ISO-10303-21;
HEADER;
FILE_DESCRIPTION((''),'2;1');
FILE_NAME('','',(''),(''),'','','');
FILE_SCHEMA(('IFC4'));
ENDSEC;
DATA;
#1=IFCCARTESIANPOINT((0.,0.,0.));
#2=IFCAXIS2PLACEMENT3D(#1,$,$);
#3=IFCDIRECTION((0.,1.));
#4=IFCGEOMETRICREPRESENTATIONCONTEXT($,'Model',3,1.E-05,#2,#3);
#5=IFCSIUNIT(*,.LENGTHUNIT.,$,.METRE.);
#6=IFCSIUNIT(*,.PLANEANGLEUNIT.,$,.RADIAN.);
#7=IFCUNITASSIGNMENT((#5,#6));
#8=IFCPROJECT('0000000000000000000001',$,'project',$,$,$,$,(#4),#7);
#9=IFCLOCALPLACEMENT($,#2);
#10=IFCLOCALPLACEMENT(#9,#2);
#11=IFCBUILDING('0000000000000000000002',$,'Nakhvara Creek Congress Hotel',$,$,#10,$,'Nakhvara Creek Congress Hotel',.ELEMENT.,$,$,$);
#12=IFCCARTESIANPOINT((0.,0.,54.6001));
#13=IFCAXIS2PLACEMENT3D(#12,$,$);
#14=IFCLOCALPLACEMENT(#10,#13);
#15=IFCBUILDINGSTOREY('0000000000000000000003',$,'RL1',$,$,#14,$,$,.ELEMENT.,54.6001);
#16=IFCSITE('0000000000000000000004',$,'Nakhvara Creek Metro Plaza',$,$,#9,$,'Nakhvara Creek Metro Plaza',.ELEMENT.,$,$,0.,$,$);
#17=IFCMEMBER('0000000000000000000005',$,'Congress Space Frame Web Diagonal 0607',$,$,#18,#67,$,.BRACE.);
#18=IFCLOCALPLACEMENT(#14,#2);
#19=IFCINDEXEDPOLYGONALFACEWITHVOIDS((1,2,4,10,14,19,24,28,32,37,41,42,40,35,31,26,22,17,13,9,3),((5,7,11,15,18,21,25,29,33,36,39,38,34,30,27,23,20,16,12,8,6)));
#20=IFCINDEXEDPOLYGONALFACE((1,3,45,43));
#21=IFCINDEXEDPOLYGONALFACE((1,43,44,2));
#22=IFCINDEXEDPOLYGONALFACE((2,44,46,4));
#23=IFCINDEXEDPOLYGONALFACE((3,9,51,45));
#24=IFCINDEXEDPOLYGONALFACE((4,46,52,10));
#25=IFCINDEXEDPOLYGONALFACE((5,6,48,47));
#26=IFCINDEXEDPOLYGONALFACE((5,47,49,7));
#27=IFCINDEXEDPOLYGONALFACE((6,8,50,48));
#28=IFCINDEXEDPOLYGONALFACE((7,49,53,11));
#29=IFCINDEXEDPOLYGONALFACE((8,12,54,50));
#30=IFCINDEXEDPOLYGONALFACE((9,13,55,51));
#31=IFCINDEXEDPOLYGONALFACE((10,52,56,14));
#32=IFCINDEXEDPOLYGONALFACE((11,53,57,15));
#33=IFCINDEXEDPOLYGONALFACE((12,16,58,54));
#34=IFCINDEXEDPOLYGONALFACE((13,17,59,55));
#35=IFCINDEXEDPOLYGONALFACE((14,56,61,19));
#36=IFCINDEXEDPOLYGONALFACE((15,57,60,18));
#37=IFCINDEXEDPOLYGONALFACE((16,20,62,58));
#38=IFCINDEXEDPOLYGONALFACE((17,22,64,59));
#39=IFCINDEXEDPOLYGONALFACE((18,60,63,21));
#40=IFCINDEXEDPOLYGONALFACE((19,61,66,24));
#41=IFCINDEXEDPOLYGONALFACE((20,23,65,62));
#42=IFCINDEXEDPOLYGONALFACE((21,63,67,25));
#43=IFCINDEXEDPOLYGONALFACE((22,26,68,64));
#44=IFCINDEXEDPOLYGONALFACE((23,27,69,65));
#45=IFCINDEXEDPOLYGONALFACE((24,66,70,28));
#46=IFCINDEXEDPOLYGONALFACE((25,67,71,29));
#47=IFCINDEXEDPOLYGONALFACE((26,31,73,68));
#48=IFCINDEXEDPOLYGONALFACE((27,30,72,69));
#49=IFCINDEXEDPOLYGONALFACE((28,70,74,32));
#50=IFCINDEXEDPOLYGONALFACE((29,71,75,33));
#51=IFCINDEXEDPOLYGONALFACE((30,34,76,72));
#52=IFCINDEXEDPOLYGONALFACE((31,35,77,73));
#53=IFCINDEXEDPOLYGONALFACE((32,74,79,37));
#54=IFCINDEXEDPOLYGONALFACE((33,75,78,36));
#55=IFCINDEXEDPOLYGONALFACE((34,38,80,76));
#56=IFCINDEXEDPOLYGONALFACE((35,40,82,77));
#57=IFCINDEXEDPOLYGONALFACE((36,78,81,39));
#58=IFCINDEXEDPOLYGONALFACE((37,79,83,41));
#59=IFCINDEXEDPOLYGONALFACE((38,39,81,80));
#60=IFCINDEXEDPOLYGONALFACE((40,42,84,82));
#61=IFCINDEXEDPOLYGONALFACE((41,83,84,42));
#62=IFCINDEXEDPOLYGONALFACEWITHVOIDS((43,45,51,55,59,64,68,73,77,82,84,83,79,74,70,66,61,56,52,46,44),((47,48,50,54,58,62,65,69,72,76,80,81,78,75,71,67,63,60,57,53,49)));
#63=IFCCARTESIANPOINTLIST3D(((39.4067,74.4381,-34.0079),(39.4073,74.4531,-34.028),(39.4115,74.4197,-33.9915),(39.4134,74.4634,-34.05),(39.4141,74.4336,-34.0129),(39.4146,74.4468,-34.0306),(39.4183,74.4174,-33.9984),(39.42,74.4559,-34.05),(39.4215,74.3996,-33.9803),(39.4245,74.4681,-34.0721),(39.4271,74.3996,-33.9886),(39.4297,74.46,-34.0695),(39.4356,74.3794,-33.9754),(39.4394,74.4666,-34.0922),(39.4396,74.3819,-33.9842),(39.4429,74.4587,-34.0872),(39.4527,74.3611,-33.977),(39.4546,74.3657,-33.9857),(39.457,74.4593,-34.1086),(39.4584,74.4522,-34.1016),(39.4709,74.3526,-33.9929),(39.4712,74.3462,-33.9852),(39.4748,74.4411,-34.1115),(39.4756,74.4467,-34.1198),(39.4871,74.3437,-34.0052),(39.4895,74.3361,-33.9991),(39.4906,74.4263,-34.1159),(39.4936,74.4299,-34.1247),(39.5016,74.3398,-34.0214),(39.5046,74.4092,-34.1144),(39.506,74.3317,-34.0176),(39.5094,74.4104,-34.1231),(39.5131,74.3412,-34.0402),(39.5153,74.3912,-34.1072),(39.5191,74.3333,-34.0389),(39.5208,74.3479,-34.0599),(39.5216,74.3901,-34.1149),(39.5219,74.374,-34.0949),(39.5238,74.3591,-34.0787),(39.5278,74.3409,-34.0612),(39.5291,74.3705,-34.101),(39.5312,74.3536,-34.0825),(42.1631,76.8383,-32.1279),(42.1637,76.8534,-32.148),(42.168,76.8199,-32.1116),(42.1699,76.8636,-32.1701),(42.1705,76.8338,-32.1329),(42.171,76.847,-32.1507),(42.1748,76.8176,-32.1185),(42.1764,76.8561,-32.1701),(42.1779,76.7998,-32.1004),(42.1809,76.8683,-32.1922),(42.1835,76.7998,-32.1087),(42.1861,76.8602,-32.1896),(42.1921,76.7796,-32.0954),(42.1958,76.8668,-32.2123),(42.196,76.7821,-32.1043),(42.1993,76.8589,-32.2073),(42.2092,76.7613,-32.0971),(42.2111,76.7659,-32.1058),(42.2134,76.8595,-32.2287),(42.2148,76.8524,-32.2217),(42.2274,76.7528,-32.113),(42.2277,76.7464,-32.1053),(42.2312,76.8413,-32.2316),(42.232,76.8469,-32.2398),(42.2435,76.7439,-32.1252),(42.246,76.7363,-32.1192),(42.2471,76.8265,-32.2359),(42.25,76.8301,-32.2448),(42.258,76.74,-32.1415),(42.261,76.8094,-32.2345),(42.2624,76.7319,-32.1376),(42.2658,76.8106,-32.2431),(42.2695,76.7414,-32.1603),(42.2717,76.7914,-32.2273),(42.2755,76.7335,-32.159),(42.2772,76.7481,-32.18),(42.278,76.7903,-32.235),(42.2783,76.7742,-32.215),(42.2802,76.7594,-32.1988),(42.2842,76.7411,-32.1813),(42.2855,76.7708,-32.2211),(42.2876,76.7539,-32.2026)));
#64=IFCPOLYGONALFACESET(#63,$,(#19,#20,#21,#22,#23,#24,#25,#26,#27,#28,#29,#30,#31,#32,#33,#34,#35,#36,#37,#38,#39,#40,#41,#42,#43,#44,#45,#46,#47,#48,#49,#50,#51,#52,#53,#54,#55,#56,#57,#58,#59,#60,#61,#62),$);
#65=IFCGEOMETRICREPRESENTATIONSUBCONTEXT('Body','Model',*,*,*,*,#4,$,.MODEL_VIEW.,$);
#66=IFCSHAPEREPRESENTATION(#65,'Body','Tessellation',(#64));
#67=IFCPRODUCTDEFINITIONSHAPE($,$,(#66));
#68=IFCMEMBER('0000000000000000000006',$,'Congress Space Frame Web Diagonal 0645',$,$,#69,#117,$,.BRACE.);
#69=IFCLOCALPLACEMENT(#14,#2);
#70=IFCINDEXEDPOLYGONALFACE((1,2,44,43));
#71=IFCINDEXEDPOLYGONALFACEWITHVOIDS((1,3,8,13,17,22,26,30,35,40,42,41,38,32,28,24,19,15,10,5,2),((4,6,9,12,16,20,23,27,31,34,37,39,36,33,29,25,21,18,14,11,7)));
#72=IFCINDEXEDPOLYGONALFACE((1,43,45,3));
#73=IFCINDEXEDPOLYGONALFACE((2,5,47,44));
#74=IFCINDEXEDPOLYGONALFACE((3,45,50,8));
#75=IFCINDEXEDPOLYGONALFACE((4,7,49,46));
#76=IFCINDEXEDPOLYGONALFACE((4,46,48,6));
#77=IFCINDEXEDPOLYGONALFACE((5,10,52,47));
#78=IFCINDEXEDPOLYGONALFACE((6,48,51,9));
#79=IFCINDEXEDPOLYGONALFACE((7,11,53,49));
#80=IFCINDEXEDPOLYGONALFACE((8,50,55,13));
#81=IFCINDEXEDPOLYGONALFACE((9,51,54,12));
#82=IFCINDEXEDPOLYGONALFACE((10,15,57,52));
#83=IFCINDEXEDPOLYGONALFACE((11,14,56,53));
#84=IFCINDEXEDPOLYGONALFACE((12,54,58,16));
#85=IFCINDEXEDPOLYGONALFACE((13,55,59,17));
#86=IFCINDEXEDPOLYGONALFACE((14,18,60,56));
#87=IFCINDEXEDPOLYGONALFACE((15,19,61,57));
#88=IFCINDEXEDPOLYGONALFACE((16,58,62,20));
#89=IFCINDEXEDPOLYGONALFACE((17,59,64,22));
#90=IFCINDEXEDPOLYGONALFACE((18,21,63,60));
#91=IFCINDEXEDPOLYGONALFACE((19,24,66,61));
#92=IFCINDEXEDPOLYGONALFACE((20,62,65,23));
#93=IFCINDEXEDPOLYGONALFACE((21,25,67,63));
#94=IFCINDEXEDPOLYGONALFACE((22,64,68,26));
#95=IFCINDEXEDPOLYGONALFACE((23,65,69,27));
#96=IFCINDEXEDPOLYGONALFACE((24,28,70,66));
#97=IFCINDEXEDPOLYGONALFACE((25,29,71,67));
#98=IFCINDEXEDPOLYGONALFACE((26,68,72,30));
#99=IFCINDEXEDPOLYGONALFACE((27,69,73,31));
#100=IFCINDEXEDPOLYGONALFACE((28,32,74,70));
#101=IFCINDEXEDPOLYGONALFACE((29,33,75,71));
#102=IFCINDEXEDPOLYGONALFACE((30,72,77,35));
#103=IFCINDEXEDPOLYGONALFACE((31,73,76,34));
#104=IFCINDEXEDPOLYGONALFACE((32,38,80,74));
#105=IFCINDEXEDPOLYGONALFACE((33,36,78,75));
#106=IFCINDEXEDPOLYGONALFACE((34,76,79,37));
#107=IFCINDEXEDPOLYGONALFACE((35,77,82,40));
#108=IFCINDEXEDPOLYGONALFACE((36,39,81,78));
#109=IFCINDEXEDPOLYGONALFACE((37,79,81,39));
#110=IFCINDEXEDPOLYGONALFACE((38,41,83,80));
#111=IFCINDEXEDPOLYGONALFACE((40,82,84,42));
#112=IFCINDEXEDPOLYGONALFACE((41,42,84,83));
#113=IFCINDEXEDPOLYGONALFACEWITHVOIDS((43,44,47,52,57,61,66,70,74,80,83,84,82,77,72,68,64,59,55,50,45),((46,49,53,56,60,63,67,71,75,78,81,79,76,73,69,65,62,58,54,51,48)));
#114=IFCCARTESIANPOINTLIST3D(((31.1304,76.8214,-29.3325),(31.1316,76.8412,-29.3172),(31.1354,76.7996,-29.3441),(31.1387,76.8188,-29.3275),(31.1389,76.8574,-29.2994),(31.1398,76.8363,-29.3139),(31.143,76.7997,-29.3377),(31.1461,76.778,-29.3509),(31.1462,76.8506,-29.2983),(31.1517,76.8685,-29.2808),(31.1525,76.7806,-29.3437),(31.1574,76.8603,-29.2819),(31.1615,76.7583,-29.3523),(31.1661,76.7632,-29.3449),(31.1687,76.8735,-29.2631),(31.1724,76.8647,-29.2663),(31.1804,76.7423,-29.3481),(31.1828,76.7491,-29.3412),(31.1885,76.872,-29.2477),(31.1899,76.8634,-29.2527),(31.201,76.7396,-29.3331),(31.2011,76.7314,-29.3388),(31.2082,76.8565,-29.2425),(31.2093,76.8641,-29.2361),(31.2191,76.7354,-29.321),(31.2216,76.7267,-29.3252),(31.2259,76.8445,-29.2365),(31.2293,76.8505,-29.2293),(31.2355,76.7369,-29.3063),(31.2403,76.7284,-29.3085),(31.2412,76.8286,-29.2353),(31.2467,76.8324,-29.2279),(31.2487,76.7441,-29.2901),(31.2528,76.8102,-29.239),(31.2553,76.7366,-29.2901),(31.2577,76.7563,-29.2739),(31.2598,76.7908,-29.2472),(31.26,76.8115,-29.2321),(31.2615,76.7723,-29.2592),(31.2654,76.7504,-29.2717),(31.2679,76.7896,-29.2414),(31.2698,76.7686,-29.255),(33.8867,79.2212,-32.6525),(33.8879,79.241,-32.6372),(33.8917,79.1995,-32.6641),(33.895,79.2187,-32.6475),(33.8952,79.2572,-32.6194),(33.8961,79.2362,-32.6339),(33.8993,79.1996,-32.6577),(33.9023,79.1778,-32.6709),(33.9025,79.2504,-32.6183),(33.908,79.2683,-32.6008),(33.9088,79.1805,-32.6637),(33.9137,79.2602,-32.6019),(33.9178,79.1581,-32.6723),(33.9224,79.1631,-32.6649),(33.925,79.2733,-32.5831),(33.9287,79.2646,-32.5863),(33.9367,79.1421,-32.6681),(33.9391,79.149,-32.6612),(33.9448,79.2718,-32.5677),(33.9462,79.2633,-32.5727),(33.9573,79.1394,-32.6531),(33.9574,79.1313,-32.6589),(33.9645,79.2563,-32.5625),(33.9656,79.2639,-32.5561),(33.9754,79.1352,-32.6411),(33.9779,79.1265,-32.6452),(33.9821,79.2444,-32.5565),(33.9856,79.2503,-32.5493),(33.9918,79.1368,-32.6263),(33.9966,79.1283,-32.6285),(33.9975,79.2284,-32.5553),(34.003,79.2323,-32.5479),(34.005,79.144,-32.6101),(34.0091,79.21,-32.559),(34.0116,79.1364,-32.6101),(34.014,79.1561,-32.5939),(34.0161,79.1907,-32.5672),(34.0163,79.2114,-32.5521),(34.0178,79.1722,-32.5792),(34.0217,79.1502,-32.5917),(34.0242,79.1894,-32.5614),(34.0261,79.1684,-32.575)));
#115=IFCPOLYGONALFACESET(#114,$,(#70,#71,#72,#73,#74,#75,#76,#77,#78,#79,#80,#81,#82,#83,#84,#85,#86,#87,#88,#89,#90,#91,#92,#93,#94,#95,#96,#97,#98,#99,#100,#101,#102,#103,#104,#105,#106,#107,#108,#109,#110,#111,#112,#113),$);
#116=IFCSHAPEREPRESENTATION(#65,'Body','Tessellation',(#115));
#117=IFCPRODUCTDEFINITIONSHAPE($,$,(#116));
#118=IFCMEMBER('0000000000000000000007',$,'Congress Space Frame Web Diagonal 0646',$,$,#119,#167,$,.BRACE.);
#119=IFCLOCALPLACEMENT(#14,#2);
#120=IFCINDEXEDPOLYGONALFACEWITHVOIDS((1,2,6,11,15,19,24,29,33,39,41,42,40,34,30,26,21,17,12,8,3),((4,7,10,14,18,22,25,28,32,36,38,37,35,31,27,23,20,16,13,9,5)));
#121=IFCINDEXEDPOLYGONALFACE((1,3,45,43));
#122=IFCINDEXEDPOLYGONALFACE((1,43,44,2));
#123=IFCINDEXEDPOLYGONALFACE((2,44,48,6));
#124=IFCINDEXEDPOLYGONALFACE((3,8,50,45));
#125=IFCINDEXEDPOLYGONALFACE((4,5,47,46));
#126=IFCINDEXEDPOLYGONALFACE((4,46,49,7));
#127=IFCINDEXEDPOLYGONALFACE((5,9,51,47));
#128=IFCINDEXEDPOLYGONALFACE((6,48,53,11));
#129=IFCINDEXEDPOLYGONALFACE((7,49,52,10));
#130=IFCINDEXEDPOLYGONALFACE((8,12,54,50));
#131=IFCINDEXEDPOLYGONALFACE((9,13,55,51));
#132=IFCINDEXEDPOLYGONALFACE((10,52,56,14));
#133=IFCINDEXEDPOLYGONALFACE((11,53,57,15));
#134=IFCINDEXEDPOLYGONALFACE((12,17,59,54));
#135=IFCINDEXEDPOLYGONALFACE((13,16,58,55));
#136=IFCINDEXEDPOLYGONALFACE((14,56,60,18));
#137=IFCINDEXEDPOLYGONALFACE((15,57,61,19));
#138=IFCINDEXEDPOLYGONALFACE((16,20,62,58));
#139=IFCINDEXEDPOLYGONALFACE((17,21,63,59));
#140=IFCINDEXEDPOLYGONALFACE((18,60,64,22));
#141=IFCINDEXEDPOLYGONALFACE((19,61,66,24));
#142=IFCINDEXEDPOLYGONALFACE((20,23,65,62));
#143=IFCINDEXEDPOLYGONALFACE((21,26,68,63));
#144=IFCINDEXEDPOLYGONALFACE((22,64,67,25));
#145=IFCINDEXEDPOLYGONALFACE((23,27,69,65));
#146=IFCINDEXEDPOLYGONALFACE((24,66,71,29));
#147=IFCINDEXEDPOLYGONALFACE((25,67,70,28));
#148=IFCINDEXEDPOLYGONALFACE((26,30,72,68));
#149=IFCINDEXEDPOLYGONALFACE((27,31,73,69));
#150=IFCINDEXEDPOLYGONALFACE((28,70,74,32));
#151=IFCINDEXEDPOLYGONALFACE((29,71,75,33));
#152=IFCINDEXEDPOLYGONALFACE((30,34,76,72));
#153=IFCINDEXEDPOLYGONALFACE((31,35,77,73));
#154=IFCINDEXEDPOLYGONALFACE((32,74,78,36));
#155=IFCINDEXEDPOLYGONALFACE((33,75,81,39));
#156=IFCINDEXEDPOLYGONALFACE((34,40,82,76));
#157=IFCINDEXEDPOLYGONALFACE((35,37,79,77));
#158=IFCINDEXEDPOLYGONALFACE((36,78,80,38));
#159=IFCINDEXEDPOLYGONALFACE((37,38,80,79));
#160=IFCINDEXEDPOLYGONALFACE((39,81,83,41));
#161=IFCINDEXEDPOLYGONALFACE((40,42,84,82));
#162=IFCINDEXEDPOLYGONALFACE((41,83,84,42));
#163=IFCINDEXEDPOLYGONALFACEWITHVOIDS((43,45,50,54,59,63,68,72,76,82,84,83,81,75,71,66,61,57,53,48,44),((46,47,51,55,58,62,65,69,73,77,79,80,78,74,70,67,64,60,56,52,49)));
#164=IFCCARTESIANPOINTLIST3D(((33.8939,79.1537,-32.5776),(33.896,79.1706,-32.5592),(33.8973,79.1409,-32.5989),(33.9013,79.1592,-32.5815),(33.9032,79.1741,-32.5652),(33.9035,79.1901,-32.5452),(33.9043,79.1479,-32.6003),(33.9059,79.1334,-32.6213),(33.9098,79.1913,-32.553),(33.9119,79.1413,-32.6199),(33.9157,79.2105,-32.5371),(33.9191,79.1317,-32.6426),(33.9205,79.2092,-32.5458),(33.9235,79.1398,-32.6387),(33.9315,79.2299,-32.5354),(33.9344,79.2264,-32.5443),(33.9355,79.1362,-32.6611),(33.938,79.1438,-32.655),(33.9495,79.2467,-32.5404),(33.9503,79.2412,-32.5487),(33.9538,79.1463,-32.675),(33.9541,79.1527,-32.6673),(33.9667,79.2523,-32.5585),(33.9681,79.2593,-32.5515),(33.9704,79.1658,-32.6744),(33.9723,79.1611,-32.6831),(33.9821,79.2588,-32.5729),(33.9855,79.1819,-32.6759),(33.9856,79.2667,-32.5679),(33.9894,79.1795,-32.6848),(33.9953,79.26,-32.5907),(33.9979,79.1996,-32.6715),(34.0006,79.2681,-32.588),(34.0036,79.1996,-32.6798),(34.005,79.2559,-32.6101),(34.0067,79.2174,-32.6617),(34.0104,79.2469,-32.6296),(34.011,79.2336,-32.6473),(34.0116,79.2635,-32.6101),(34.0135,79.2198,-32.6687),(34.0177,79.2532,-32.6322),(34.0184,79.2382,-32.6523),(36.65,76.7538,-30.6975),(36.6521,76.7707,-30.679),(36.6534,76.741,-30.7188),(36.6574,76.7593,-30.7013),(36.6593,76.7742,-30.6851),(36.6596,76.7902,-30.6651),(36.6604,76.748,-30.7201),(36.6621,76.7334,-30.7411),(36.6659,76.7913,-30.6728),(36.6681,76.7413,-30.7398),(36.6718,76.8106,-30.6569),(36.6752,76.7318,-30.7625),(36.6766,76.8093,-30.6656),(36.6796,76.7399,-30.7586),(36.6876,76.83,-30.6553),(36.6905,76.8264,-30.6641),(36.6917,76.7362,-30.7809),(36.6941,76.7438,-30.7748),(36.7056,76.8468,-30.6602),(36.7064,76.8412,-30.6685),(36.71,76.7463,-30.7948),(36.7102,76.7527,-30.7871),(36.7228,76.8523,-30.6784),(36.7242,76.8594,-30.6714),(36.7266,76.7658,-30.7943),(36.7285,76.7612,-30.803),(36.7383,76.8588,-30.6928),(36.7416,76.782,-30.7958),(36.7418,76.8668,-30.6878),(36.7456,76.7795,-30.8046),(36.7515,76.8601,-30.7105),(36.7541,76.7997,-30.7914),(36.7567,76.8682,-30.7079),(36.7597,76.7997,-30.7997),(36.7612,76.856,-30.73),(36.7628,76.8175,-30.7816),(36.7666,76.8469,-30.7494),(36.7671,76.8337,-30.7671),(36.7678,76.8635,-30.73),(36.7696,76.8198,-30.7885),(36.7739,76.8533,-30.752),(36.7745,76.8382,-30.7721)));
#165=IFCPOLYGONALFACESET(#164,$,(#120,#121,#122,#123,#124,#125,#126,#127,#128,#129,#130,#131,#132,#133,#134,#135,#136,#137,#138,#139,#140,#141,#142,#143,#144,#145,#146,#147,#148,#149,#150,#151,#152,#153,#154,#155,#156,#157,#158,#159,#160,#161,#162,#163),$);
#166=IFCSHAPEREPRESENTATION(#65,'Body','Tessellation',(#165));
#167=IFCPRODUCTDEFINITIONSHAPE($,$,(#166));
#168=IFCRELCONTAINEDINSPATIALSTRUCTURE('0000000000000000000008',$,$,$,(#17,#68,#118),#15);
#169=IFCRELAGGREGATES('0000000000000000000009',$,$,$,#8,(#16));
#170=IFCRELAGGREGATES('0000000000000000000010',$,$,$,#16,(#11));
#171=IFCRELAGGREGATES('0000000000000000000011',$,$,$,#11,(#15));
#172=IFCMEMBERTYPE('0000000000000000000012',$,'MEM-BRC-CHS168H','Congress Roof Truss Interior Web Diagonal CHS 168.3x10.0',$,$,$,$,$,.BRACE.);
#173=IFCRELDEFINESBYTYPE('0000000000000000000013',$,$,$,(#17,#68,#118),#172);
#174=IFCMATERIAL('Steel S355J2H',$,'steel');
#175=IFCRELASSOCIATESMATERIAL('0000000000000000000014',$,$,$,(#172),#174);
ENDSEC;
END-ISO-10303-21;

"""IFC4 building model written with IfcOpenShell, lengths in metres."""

from ifc_helpers import new_model, si_unit, direction, frame, origin, origin_2d, place, context, subcontext, project, spatial, hollow_circle, extrude, material, material_profile, profile_set, type_object, element, save


model = new_model("IFC4")

# Units and contexts
model_context = context("Model", 3, precision=1e-05, world=origin(), true_north=direction((0.0, 1.0)))
body_context = subcontext(model_context, "Body", "Model", "MODEL_VIEW")
ifc_project = project(units=[si_unit("LENGTHUNIT", "METRE"), si_unit("PLANEANGLEUNIT", "RADIAN")], contexts=[model_context])

# Site, building, storey
site_placement = place(None, origin())
site = spatial("IfcSite", under=ifc_project, at=site_placement, Name="Nakhvara Creek Metro Plaza", LongName="Nakhvara Creek Metro Plaza", CompositionType="ELEMENT", RefElevation=0.0)
building_placement = place(site_placement, origin())
building = spatial("IfcBuilding", under=site, at=building_placement, Name="Nakhvara Creek Congress Hotel", LongName="Nakhvara Creek Congress Hotel", CompositionType="ELEMENT")
storey_placement = place(building_placement, frame((0.0, 0.0, 54.6001)))
storey = spatial("IfcBuildingStorey", under=building, at=storey_placement, Name="RL1", CompositionType="ELEMENT", Elevation=54.6001)

# Members
ifc_material_1 = material(Name="Steel S355J2H", Category="steel")
ifc_material_profile_1 = material_profile(ifc_material_1, hollow_circle(Radius=0.0842, WallThickness=0.01, at=origin_2d()), Name="CHS 168.3x10.0", Category="LoadBearing")
ifc_profile_set_1 = profile_set([ifc_material_profile_1], Name="Steel S355J2H")
member_type_1 = type_object("IfcMemberType", Name="MEM-BRC-CHS168H", Description="Congress Roof Truss Interior Web Diagonal CHS 168.3x10.0", PredefinedType="BRACE", material=ifc_profile_set_1)
member_1_placement = place(storey_placement, frame((39.4688, 74.3999, -34.05), z_axis=(0.670644, 0.583977, 0.457392), x_axis=(-0.656696, 0.754155, 0.0)))
element("IfcMember", 1, at=member_1_placement, inside=storey, type_object=member_type_1, Name="Congress Space Frame Web Diagonal 0607", PredefinedType="BRACE", context=body_context, shape_type="SweptSolid", body=[
    extrude(hollow_circle(Radius=0.0842, WallThickness=0.01, at=origin_2d()), origin(), (0.0, 0.0, 1.0), 4.1101),
])
member_2_placement = place(storey_placement, frame((33.9563, 79.2, -32.6101), z_axis=(-0.558237, -0.486047, 0.672406), x_axis=(0.656658, -0.754188, 0.0)))
element("IfcMember", 2, at=member_2_placement, inside=storey, type_object=member_type_1, Name="Congress Space Frame Web Diagonal 0645", PredefinedType="BRACE", context=body_context, shape_type="SweptSolid", body=[
    extrude(hollow_circle(Radius=0.0842, WallThickness=0.01, at=origin_2d()), origin(), (0.0, 0.0, 1.0), 4.9375),
])
member_3_placement = place(storey_placement, frame((33.9563, 79.2, -32.6101), z_axis=(0.670616, -0.583945, 0.457473), x_axis=(0.656691, 0.75416, 0.0)))
element("IfcMember", 3, at=member_3_placement, inside=storey, type_object=member_type_1, Name="Congress Space Frame Web Diagonal 0646", PredefinedType="BRACE", context=body_context, shape_type="SweptSolid", body=[
    extrude(hollow_circle(Radius=0.0842, WallThickness=0.01, at=origin_2d()), origin(), (0.0, 0.0, 1.0), 4.1099),
])

save(model, "model.ifc")
